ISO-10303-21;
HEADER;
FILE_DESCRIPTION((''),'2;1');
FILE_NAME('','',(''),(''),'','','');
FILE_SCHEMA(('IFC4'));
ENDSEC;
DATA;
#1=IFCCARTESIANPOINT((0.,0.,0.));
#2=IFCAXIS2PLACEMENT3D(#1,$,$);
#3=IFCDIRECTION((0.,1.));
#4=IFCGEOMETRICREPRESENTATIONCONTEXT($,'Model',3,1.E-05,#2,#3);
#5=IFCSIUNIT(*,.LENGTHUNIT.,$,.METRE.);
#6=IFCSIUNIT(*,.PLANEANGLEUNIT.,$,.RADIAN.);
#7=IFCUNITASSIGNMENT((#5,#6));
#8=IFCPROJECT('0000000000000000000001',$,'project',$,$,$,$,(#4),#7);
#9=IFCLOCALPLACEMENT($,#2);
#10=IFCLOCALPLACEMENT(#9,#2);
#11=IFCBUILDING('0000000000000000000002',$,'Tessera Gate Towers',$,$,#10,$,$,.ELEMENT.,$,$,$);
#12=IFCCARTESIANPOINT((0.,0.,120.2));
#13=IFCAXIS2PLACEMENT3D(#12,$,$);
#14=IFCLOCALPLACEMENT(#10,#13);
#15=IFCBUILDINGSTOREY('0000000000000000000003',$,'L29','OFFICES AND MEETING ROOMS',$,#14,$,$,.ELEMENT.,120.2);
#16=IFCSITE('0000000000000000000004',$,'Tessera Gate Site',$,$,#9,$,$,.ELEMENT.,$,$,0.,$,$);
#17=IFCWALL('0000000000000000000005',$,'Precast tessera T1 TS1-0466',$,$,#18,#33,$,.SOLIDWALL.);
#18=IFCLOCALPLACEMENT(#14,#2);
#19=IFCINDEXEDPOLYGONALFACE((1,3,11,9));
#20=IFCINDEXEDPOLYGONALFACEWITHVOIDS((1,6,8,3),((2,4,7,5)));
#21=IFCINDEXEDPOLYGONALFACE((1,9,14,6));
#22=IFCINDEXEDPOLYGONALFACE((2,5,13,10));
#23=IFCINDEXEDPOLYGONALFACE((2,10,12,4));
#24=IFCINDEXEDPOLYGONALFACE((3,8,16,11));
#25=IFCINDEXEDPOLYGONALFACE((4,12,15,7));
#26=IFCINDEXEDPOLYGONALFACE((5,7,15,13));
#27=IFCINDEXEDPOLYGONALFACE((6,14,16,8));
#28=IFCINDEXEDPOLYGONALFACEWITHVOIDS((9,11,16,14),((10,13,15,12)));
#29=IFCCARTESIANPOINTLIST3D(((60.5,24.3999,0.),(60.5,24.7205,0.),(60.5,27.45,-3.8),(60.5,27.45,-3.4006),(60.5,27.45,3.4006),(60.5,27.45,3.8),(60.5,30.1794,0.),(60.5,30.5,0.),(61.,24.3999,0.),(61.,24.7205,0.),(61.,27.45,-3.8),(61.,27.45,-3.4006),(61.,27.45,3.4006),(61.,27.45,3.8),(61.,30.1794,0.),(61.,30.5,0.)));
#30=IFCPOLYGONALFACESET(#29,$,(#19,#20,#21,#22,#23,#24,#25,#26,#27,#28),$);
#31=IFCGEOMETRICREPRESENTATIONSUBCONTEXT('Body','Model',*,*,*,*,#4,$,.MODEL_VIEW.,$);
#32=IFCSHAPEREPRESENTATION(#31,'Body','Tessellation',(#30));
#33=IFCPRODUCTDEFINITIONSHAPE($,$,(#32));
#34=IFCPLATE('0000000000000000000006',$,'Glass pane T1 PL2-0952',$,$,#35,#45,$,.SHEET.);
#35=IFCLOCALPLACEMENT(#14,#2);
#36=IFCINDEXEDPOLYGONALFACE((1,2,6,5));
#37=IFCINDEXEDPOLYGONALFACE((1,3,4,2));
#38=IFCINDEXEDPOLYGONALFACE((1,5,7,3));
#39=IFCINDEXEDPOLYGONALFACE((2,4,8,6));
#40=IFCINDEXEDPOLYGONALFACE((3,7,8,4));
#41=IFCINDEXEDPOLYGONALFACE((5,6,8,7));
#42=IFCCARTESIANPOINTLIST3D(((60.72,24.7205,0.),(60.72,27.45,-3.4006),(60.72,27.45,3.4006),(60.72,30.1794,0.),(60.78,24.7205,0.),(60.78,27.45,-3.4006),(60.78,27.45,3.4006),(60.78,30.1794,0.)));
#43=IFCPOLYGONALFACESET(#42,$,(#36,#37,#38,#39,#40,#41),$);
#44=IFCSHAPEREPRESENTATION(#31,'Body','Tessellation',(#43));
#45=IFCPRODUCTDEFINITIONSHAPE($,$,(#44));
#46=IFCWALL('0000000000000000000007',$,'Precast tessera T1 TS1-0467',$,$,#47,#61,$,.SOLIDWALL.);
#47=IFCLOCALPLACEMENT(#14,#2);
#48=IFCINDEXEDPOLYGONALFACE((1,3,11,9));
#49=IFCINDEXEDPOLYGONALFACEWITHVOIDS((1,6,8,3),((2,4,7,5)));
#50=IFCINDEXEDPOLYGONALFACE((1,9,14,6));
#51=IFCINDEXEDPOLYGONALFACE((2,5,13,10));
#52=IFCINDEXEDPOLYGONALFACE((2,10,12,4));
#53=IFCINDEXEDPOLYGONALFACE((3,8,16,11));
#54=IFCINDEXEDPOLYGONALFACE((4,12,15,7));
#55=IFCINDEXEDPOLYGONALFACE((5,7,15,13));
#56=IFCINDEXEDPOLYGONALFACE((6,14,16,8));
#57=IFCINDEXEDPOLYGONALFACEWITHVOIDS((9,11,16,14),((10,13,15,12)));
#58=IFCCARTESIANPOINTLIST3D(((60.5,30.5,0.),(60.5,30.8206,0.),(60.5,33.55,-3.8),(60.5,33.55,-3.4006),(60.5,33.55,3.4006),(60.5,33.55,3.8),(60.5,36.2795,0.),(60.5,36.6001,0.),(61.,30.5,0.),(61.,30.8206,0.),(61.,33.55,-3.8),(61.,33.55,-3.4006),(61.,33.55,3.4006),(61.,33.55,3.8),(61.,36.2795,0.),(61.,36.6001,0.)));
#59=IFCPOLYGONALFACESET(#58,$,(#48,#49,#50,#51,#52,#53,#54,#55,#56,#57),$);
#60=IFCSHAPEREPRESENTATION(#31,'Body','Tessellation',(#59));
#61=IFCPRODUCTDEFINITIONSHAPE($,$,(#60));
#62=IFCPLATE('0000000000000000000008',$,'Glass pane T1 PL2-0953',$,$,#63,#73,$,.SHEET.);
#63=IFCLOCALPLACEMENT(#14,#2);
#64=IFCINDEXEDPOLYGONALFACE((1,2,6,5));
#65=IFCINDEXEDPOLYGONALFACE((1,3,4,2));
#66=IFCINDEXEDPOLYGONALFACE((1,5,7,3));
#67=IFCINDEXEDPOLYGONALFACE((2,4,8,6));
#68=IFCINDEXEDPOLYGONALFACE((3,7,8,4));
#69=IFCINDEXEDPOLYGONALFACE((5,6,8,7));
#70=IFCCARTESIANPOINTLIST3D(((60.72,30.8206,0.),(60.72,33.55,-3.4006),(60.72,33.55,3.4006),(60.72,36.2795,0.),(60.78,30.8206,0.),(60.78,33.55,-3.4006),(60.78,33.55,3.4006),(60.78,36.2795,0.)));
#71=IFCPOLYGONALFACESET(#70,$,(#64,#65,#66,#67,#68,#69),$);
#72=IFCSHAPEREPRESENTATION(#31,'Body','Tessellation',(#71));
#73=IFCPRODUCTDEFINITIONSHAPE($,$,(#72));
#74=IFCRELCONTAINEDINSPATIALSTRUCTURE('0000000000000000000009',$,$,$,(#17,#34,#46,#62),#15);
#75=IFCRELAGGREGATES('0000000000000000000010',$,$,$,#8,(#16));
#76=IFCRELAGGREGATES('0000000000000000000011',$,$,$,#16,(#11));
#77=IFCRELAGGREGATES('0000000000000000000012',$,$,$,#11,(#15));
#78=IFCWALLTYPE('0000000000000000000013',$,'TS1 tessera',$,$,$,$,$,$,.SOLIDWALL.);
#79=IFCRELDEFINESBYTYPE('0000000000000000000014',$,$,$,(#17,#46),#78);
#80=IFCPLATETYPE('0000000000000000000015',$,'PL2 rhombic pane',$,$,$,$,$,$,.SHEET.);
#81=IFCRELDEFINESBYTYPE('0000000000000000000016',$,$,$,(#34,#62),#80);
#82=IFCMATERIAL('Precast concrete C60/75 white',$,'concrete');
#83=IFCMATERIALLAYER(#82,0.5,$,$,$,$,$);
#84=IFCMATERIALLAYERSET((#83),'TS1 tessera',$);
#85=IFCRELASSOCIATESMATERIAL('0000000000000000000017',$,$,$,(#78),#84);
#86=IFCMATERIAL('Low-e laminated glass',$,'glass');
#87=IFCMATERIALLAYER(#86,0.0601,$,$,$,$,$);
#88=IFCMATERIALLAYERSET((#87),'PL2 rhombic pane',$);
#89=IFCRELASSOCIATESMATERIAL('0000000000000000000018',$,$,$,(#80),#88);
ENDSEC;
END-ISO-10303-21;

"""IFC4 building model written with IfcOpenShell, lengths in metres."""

from ifc_helpers import new_model, si_unit, direction, frame, origin, place, context, subcontext, project, spatial, polyline, outline, extrude, source, transform, mapped, material, layer, layer_set, type_object, element, fill, save


model = new_model("IFC4")

# Units and contexts
model_context = context("Model", 3, precision=1e-05, world=origin(), true_north=direction((0.0, 1.0)))
body_context = subcontext(model_context, "Body", "Model", "MODEL_VIEW")
ifc_project = project(units=[si_unit("LENGTHUNIT", "METRE"), si_unit("PLANEANGLEUNIT", "RADIAN")], contexts=[model_context])

# Site, building, storey
site_placement = place(None, origin())
site = spatial("IfcSite", under=ifc_project, at=site_placement, Name="Tessera Gate Site", CompositionType="ELEMENT", RefElevation=0.0)
building_placement = place(site_placement, origin())
building = spatial("IfcBuilding", under=site, at=building_placement, Name="Tessera Gate Towers", CompositionType="ELEMENT")
storey_placement = place(building_placement, frame((0.0, 0.0, 120.2)))
storey = spatial("IfcBuildingStorey", under=building, at=storey_placement, Name="L29", Description="OFFICES AND MEETING ROOMS", CompositionType="ELEMENT", Elevation=120.2)

# Walls, openings, plates
ifc_material_1 = material(Name="Precast concrete C60/75 white", Category="concrete")
ifc_layer_1 = layer(ifc_material_1, 0.5)
ifc_layer_set_1 = layer_set([ifc_layer_1], Name="TS1 tessera")
wall_type_1 = type_object("IfcWallType", Name="TS1 tessera", PredefinedType="SOLIDWALL", material=ifc_layer_set_1)
shared_shape_1 = source(origin(), body_context, "Body", "SweptSolid", [
    extrude(outline(polyline([(3.05, 0.0), (6.1001, 3.8), (3.05, 7.6001), (0.0, 3.8), (3.05, 0.0)])), frame((0.0, 0.25, 0.0), z_axis=(0.0, -1.0, 0.0), x_axis=(1.0, 0.0, 0.0)), (0.0, 0.0, 1.0), 0.5),
])
wall_1_placement = place(storey_placement, frame((60.75, 24.3999, -3.8), z_axis=(0.0, 0.0, 1.0), x_axis=(0.0, 1.0, 0.0)))
wall_1 = element("IfcWall", 1, at=wall_1_placement, inside=storey, type_object=wall_type_1, Name="Precast tessera T1 TS1-0466", PredefinedType="SOLIDWALL", context=body_context, shape_type="MappedRepresentation", body=[
    mapped(shared_shape_1, transform((0.0, 0.0, 0.0), scale=1.0)),
])
shared_shape_2 = source(origin(), body_context, "Body", "SweptSolid", [
    extrude(outline(polyline([(3.05, 0.3994), (5.7795, 3.8), (3.05, 7.2007), (0.3206, 3.8), (3.05, 0.3994)])), frame((0.0, 0.26, 0.0), z_axis=(0.0, -1.0, 0.0), x_axis=(1.0, 0.0, 0.0)), (0.0, 0.0, 1.0), 0.52),
])
opening_1_placement = place(wall_1_placement, origin())
opening_1 = element("IfcOpeningElement", 2, at=opening_1_placement, cuts=wall_1, PredefinedType="OPENING", context=body_context, shape_type="MappedRepresentation", body=[
    mapped(shared_shape_2, transform((0.0, 0.0, 0.0), scale=1.0)),
])
ifc_material_2 = material(Name="Low-e laminated glass", Category="glass")
ifc_layer_2 = layer(ifc_material_2, 0.0601)
ifc_layer_set_2 = layer_set([ifc_layer_2], Name="PL2 rhombic pane")
plate_type = type_object("IfcPlateType", Name="PL2 rhombic pane", PredefinedType="SHEET", material=ifc_layer_set_2)
shared_shape_3 = source(origin(), body_context, "Body", "SweptSolid", [
    extrude(outline(polyline([(3.05, 0.3994), (5.7795, 3.8), (3.05, 7.2007), (0.3206, 3.8), (3.05, 0.3994)])), frame((0.0, 0.03, 0.0), z_axis=(0.0, -1.0, 0.0), x_axis=(1.0, 0.0, 0.0)), (0.0, 0.0, 1.0), 0.0601),
])
plate_1_placement = place(opening_1_placement, origin())
plate_1 = element("IfcPlate", 3, at=plate_1_placement, inside=storey, type_object=plate_type, Name="Glass pane T1 PL2-0952", PredefinedType="SHEET", context=body_context, shape_type="MappedRepresentation", body=[
    mapped(shared_shape_3, transform((0.0, 0.0, 0.0), scale=1.0)),
])
fill(opening_1, plate_1)
wall_2_placement = place(storey_placement, frame((60.75, 30.5, -3.8), z_axis=(0.0, 0.0, 1.0), x_axis=(0.0, 1.0, 0.0)))
wall_2 = element("IfcWall", 4, at=wall_2_placement, inside=storey, type_object=wall_type_1, Name="Precast tessera T1 TS1-0467", PredefinedType="SOLIDWALL", context=body_context, shape_type="MappedRepresentation", body=[
    mapped(shared_shape_1, transform((0.0, 0.0, 0.0), scale=1.0)),
])
opening_2_placement = place(wall_2_placement, origin())
opening_2 = element("IfcOpeningElement", 5, at=opening_2_placement, cuts=wall_2, PredefinedType="OPENING", context=body_context, shape_type="MappedRepresentation", body=[
    mapped(shared_shape_2, transform((0.0, 0.0, 0.0), scale=1.0)),
])
plate_2_placement = place(opening_2_placement, origin())
plate_2 = element("IfcPlate", 6, at=plate_2_placement, inside=storey, type_object=plate_type, Name="Glass pane T1 PL2-0953", PredefinedType="SHEET", context=body_context, shape_type="MappedRepresentation", body=[
    mapped(shared_shape_3, transform((0.0, 0.0, 0.0), scale=1.0)),
])
fill(opening_2, plate_2)

save(model, "model.ifc")
